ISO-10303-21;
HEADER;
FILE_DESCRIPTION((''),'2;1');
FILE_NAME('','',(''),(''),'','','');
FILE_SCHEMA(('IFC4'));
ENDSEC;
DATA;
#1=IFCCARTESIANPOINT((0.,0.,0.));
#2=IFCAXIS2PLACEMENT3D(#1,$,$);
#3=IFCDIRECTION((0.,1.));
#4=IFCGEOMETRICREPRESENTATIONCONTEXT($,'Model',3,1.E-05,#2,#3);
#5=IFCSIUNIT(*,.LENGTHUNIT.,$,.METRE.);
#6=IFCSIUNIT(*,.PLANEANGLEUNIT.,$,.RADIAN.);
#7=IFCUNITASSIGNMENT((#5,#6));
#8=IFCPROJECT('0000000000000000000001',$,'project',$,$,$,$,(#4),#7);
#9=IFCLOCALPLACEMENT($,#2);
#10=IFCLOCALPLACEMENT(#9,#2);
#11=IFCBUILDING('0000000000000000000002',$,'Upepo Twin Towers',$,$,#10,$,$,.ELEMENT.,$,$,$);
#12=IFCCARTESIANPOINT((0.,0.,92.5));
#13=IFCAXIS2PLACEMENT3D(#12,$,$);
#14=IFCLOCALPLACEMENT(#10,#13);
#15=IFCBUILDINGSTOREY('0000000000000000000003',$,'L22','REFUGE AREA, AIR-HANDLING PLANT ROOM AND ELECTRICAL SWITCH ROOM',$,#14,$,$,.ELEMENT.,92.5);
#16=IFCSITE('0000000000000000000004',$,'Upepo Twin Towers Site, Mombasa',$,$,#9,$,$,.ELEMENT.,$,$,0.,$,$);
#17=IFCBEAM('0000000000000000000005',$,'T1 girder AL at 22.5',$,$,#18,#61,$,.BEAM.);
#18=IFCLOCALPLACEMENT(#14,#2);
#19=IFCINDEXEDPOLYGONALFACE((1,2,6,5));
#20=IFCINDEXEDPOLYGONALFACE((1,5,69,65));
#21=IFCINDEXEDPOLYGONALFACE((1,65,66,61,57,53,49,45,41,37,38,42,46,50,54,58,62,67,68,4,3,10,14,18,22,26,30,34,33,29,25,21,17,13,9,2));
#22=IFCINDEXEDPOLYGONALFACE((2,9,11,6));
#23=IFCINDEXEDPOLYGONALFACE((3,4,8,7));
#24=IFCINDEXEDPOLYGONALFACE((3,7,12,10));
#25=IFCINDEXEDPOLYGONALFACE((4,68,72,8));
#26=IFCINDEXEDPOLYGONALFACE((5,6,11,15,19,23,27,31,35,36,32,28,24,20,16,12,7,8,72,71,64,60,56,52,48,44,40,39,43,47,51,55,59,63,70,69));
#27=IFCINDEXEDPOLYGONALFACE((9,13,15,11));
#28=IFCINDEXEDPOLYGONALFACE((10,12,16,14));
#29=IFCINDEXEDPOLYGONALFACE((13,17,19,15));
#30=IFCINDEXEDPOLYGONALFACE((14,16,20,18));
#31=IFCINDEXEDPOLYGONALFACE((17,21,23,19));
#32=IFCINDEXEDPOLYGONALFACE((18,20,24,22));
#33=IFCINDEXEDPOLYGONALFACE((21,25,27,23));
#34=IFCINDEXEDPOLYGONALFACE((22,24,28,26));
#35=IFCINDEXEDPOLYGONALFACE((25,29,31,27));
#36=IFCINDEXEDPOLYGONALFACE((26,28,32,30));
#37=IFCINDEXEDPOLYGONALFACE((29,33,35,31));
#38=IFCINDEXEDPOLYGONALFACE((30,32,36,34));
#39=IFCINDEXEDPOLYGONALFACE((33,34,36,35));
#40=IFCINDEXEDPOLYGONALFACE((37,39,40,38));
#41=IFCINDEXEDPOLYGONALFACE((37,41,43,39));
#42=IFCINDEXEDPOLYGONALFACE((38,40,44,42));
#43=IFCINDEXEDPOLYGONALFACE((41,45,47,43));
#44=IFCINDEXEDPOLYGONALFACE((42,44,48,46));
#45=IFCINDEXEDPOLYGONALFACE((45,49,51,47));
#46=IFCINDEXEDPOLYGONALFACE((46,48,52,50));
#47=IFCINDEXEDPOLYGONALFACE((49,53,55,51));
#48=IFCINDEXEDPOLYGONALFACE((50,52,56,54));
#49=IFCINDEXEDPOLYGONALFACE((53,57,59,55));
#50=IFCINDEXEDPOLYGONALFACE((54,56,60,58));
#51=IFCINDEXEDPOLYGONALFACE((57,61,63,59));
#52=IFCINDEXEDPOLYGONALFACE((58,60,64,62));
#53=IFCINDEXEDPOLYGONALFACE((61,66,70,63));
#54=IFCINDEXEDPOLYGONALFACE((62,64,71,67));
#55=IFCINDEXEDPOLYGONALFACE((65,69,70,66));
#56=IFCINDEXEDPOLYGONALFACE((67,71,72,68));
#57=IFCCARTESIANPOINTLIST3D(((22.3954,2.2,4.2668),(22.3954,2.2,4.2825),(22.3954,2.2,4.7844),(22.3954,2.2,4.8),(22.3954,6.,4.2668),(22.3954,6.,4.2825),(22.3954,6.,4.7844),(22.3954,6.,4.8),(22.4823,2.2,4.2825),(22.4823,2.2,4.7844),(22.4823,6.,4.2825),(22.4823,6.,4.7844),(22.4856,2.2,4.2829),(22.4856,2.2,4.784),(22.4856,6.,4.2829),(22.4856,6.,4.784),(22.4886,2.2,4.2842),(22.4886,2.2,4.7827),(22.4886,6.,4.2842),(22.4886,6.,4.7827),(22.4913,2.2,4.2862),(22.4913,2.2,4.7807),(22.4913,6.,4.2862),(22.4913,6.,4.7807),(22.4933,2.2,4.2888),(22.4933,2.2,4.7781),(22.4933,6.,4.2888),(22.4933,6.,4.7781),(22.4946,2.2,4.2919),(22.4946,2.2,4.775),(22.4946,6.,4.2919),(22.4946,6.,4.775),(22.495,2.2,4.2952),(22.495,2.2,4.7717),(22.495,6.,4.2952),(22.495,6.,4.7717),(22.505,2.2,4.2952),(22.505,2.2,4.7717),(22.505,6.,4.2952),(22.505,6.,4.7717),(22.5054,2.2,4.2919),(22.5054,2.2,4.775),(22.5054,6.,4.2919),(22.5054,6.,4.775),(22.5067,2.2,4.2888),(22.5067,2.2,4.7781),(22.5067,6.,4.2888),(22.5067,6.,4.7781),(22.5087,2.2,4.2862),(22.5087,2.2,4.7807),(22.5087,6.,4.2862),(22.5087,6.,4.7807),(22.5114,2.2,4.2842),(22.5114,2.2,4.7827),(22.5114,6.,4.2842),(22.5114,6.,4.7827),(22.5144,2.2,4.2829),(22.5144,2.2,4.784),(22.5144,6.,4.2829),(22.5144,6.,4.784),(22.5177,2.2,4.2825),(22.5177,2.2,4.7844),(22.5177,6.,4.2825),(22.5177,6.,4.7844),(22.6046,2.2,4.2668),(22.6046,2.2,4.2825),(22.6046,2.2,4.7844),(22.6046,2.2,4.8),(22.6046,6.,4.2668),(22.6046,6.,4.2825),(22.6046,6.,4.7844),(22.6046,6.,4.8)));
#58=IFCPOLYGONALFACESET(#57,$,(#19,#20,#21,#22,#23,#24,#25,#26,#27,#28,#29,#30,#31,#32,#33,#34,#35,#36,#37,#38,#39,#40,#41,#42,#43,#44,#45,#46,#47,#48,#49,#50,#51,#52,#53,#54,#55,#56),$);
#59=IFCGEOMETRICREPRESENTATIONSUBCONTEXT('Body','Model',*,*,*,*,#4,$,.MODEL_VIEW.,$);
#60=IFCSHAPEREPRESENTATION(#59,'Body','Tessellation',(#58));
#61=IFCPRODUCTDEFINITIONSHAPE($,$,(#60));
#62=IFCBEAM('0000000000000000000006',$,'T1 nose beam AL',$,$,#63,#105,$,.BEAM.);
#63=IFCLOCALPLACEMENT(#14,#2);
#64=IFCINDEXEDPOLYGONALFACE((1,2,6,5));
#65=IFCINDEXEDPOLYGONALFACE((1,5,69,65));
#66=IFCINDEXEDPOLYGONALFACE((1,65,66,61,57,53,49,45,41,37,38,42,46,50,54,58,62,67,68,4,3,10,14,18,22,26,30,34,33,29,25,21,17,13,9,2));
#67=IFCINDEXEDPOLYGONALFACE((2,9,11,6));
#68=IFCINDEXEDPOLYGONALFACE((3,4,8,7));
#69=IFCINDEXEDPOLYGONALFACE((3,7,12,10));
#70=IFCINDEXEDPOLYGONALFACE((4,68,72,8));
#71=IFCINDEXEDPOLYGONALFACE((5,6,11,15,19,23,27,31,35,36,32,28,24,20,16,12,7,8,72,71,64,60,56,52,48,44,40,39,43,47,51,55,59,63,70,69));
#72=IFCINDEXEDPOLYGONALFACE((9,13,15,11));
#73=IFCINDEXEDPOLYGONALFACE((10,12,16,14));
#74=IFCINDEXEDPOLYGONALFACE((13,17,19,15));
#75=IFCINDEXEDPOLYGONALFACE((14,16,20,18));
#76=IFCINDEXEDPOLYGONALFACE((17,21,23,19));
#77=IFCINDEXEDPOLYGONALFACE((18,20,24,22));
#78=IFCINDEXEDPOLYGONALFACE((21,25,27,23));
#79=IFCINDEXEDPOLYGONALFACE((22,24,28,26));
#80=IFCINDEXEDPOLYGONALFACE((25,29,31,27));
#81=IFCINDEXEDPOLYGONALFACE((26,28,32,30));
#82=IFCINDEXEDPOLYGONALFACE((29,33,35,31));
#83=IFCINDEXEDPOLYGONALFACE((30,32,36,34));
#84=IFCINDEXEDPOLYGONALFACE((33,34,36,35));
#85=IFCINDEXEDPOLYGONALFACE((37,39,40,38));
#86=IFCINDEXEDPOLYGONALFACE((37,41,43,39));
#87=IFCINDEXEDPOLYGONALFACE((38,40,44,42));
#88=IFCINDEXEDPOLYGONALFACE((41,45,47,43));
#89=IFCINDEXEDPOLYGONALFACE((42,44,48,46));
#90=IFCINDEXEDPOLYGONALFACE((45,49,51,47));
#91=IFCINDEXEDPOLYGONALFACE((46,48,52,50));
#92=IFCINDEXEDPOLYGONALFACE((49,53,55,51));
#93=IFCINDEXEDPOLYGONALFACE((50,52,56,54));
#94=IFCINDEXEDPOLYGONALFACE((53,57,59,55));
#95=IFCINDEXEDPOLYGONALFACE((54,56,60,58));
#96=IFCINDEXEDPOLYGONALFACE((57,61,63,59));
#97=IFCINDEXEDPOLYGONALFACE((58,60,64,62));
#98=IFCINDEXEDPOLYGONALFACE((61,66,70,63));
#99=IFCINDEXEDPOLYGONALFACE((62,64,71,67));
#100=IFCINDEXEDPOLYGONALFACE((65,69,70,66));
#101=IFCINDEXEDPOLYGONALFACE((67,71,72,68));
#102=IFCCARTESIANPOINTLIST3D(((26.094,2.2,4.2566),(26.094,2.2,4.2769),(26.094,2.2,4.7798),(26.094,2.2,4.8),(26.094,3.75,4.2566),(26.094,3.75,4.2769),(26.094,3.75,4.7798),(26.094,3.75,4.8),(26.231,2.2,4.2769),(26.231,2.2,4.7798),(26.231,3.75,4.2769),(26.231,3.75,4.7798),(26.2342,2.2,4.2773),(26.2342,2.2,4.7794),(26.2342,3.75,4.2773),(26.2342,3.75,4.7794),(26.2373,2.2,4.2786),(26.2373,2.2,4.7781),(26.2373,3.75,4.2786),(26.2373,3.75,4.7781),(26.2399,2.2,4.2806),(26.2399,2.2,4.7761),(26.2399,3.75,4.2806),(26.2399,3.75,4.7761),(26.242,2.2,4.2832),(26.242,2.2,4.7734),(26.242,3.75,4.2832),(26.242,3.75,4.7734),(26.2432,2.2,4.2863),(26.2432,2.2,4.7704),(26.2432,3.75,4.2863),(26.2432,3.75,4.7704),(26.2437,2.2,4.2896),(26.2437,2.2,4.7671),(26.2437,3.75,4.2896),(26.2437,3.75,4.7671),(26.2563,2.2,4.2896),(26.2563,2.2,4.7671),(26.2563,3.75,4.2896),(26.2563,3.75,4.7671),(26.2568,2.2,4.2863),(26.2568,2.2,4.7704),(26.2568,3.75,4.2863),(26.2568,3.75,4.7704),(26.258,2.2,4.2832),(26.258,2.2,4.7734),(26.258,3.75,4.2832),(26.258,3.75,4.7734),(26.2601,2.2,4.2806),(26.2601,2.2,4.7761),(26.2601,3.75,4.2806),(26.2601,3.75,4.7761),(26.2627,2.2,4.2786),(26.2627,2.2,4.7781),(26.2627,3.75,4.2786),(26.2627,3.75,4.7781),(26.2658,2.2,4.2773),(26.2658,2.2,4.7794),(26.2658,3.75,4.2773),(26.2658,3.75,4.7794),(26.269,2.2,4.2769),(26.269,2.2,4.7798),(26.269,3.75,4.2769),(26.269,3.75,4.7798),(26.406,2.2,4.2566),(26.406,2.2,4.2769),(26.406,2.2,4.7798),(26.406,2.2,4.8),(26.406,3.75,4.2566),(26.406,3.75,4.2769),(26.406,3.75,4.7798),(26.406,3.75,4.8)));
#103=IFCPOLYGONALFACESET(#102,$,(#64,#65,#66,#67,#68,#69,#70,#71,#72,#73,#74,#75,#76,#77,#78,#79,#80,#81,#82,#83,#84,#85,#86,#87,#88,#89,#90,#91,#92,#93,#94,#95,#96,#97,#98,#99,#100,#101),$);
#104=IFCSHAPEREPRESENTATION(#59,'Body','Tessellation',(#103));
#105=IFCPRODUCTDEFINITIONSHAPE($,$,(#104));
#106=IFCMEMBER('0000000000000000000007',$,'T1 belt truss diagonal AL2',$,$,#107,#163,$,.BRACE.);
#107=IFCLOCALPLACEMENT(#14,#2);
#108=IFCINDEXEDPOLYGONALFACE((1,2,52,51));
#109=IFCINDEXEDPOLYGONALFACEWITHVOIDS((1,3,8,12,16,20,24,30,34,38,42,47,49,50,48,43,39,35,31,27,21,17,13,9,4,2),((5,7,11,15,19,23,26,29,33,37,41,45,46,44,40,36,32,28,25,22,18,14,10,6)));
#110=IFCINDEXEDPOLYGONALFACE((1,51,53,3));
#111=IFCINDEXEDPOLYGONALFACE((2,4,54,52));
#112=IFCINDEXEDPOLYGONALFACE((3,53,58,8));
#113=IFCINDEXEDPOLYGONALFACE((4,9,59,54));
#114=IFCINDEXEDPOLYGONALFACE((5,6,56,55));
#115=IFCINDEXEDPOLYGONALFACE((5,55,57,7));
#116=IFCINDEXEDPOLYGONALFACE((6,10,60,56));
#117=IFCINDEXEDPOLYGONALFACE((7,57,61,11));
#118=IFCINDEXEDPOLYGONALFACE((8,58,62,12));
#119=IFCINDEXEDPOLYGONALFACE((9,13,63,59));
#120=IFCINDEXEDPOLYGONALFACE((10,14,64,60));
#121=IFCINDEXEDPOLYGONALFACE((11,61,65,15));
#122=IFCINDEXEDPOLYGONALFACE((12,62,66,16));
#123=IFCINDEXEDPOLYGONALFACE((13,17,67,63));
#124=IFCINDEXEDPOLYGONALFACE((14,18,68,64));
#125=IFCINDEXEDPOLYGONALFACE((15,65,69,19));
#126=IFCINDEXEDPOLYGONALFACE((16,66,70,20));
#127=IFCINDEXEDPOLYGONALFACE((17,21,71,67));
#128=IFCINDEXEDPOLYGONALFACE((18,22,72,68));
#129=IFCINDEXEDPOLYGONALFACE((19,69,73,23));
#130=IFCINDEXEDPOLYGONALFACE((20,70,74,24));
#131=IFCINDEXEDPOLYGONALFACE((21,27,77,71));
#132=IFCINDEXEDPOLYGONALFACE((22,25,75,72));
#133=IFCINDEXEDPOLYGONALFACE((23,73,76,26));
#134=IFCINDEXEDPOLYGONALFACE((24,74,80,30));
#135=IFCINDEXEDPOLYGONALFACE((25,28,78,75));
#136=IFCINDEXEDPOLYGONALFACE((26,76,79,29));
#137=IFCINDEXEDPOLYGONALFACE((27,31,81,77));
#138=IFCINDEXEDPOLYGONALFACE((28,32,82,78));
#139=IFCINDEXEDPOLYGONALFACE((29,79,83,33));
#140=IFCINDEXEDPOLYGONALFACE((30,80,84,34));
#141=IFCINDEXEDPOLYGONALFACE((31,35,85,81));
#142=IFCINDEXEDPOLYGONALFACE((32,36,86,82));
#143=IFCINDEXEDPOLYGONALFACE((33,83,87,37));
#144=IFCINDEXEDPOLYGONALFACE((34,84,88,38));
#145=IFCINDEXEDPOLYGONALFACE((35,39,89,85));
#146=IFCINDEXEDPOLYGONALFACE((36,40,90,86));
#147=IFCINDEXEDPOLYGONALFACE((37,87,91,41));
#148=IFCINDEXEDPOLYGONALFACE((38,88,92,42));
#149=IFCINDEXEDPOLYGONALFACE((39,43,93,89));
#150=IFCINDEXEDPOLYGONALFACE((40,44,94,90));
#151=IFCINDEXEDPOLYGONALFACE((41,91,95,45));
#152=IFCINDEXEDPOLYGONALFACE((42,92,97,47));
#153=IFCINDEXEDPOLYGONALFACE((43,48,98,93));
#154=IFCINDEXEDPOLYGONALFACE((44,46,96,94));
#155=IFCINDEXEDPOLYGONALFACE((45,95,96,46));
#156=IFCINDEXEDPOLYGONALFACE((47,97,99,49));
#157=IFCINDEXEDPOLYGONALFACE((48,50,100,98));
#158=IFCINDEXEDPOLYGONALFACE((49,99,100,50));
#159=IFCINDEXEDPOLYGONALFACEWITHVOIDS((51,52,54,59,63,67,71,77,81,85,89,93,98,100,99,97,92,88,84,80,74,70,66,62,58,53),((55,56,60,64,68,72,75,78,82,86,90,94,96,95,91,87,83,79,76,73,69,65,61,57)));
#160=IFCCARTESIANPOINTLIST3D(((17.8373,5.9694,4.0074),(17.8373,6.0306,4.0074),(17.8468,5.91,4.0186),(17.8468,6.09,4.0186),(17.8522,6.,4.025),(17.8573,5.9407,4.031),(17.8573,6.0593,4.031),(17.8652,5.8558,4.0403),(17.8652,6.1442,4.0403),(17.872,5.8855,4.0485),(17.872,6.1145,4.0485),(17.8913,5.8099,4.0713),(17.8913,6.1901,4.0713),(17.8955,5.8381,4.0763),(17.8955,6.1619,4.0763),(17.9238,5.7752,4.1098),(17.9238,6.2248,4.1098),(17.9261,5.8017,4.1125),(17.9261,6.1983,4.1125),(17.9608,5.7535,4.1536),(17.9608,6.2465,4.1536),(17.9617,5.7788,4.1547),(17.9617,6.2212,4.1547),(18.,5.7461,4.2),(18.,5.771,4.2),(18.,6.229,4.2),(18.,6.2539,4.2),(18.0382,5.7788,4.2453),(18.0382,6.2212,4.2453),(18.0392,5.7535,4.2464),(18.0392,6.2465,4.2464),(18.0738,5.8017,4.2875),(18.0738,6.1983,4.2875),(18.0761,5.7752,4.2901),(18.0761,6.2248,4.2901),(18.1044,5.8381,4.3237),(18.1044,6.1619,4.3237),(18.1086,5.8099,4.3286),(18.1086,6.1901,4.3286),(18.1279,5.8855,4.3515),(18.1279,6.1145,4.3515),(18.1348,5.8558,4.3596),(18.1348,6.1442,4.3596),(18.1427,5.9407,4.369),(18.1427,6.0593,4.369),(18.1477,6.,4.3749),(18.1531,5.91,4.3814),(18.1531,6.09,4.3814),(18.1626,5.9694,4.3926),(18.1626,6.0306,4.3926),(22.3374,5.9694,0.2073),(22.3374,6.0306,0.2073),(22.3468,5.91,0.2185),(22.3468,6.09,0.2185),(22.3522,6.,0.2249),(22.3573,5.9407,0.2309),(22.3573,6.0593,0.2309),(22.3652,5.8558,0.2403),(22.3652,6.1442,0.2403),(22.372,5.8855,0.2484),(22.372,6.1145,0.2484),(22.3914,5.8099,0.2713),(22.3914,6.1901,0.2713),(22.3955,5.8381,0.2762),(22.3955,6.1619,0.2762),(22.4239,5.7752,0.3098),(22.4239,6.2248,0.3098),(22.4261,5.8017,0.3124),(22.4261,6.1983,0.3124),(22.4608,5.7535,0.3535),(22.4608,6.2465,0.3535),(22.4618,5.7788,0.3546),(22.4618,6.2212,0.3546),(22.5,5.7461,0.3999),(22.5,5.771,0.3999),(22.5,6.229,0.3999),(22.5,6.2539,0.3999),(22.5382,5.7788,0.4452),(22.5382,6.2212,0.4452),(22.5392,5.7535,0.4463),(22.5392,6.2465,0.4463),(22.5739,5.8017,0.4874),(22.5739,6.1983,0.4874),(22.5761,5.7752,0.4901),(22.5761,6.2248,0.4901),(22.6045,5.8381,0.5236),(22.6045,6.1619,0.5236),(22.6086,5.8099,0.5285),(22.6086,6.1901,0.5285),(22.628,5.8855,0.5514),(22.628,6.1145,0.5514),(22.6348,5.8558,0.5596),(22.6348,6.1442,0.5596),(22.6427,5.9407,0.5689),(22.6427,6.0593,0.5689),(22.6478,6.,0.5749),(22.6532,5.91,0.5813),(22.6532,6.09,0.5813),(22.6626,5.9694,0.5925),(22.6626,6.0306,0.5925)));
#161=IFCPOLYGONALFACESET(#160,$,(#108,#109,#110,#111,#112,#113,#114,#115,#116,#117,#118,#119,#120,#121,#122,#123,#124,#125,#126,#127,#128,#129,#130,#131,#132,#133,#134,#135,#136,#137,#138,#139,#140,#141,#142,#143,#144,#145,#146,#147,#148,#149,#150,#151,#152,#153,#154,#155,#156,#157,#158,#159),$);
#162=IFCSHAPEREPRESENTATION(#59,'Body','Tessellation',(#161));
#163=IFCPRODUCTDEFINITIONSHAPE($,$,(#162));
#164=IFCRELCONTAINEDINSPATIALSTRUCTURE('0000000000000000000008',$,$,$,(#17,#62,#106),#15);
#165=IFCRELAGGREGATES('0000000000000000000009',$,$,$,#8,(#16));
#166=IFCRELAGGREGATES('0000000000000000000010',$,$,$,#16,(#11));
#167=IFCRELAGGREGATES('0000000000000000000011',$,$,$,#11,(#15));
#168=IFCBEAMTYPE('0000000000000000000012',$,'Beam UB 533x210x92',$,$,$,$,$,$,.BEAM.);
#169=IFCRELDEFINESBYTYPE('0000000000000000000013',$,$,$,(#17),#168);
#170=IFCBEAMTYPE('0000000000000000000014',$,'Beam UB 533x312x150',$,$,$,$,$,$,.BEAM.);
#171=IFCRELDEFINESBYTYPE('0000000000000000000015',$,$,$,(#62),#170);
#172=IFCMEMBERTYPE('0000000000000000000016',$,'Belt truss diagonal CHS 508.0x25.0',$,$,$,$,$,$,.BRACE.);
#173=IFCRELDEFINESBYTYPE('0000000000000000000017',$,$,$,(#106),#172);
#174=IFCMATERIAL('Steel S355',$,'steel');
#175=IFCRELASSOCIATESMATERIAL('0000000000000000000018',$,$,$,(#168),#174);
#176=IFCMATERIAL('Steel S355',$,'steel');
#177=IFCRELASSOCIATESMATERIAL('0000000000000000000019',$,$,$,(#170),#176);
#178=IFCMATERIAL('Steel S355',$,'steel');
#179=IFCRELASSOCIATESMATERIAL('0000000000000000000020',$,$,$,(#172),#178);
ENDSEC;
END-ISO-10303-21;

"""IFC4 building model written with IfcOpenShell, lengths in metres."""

from ifc_helpers import new_model, si_unit, direction, frame, origin, origin_2d, place, context, subcontext, project, spatial, hollow_circle, i_section, extrude, material, material_profile, profile_set, type_object, element, save


model = new_model("IFC4")

# Units and contexts
model_context = context("Model", 3, precision=1e-05, world=origin(), true_north=direction((0.0, 1.0)))
body_context = subcontext(model_context, "Body", "Model", "MODEL_VIEW")
ifc_project = project(units=[si_unit("LENGTHUNIT", "METRE"), si_unit("PLANEANGLEUNIT", "RADIAN")], contexts=[model_context])

# Site, building, storey
site_placement = place(None, origin())
site = spatial("IfcSite", under=ifc_project, at=site_placement, Name="Upepo Twin Towers Site, Mombasa", CompositionType="ELEMENT", RefElevation=0.0)
building_placement = place(site_placement, origin())
building = spatial("IfcBuilding", under=site, at=building_placement, Name="Upepo Twin Towers", CompositionType="ELEMENT")
storey_placement = place(building_placement, frame((0.0, 0.0, 92.5)))
storey = spatial("IfcBuildingStorey", under=building, at=storey_placement, Name="L22", Description="REFUGE AREA, AIR-HANDLING PLANT ROOM AND ELECTRICAL SWITCH ROOM", CompositionType="ELEMENT", Elevation=92.5)

# Beams
ifc_material_1 = material(Name="Steel S355", Category="steel")
ifc_material_profile_1 = material_profile(ifc_material_1, i_section(OverallWidth=0.2092, OverallDepth=0.5332, WebThickness=0.01, FlangeThickness=0.0156, FilletRadius=0.0127, at=origin_2d()), Name="UB 533x210x92")
ifc_profile_set_1 = profile_set([ifc_material_profile_1], Name="Steel S355")
beam_type_1 = type_object("IfcBeamType", Name="Beam UB 533x210x92", PredefinedType="BEAM", material=ifc_profile_set_1)
for number, where, z_axis, x_axis, name in (
    (1, (22.5, 6.0, 4.5334), (0.0, -1.0, 0.0), (1.0, 0.0, 0.0), "T1 girder AL at 22.5"),
):
    element("IfcBeam", number, at=place(storey_placement, frame(where, z_axis=z_axis, x_axis=x_axis)), inside=storey, type_object=beam_type_1, Name=name, PredefinedType="BEAM", context=body_context, shape_type="SweptSolid", body=[
        extrude(i_section(OverallWidth=0.2092, OverallDepth=0.5332, WebThickness=0.01, FlangeThickness=0.0156, FilletRadius=0.0127, at=origin_2d()), origin(), (0.0, 0.0, 1.0), 3.8),
    ])
ifc_material_2 = material(Name="Steel S355", Category="steel")
ifc_material_profile_2 = material_profile(ifc_material_2, i_section(OverallWidth=0.312, OverallDepth=0.5435, WebThickness=0.0127, FlangeThickness=0.0203, FilletRadius=0.0127, at=origin_2d()), Name="UB 533x312x150")
ifc_profile_set_2 = profile_set([ifc_material_profile_2], Name="Steel S355")
beam_type_2 = type_object("IfcBeamType", Name="Beam UB 533x312x150", PredefinedType="BEAM", material=ifc_profile_set_2)
beam_1_placement = place(storey_placement, frame((26.25, 3.75, 4.5283), z_axis=(0.0, -1.0, 0.0), x_axis=(1.0, 0.0, 0.0)))
element("IfcBeam", 2, at=beam_1_placement, inside=storey, type_object=beam_type_2, Name="T1 nose beam AL", PredefinedType="BEAM", context=body_context, shape_type="SweptSolid", body=[
    extrude(i_section(OverallWidth=0.312, OverallDepth=0.5435, WebThickness=0.0127, FlangeThickness=0.0203, FilletRadius=0.0127, at=origin_2d()), origin(), (0.0, 0.0, 1.0), 1.55),
])

# Member
ifc_material_3 = material(Name="Steel S355", Category="steel")
ifc_material_profile_3 = material_profile(ifc_material_3, hollow_circle(Radius=0.2539, WallThickness=0.0249, at=origin_2d()), Name="CHS 508.0x25.0")
ifc_profile_set_3 = profile_set([ifc_material_profile_3], Name="Steel S355")
member_type_1 = type_object("IfcMemberType", Name="Belt truss diagonal CHS 508.0x25.0", PredefinedType="BRACE", material=ifc_profile_set_3)
member_1_placement = place(storey_placement, frame((22.5, 6.0, 0.3999), z_axis=(-0.764026, 0.0, 0.645186), x_axis=(0.0, -1.0, 0.0)))
element("IfcMember", 3, at=member_1_placement, inside=storey, type_object=member_type_1, Name="T1 belt truss diagonal AL2", PredefinedType="BRACE", context=body_context, shape_type="SweptSolid", body=[
    extrude(hollow_circle(Radius=0.2539, WallThickness=0.0249, at=origin_2d()), origin(), (0.0, 0.0, 1.0), 5.8899),
])

save(model, "model.ifc")
